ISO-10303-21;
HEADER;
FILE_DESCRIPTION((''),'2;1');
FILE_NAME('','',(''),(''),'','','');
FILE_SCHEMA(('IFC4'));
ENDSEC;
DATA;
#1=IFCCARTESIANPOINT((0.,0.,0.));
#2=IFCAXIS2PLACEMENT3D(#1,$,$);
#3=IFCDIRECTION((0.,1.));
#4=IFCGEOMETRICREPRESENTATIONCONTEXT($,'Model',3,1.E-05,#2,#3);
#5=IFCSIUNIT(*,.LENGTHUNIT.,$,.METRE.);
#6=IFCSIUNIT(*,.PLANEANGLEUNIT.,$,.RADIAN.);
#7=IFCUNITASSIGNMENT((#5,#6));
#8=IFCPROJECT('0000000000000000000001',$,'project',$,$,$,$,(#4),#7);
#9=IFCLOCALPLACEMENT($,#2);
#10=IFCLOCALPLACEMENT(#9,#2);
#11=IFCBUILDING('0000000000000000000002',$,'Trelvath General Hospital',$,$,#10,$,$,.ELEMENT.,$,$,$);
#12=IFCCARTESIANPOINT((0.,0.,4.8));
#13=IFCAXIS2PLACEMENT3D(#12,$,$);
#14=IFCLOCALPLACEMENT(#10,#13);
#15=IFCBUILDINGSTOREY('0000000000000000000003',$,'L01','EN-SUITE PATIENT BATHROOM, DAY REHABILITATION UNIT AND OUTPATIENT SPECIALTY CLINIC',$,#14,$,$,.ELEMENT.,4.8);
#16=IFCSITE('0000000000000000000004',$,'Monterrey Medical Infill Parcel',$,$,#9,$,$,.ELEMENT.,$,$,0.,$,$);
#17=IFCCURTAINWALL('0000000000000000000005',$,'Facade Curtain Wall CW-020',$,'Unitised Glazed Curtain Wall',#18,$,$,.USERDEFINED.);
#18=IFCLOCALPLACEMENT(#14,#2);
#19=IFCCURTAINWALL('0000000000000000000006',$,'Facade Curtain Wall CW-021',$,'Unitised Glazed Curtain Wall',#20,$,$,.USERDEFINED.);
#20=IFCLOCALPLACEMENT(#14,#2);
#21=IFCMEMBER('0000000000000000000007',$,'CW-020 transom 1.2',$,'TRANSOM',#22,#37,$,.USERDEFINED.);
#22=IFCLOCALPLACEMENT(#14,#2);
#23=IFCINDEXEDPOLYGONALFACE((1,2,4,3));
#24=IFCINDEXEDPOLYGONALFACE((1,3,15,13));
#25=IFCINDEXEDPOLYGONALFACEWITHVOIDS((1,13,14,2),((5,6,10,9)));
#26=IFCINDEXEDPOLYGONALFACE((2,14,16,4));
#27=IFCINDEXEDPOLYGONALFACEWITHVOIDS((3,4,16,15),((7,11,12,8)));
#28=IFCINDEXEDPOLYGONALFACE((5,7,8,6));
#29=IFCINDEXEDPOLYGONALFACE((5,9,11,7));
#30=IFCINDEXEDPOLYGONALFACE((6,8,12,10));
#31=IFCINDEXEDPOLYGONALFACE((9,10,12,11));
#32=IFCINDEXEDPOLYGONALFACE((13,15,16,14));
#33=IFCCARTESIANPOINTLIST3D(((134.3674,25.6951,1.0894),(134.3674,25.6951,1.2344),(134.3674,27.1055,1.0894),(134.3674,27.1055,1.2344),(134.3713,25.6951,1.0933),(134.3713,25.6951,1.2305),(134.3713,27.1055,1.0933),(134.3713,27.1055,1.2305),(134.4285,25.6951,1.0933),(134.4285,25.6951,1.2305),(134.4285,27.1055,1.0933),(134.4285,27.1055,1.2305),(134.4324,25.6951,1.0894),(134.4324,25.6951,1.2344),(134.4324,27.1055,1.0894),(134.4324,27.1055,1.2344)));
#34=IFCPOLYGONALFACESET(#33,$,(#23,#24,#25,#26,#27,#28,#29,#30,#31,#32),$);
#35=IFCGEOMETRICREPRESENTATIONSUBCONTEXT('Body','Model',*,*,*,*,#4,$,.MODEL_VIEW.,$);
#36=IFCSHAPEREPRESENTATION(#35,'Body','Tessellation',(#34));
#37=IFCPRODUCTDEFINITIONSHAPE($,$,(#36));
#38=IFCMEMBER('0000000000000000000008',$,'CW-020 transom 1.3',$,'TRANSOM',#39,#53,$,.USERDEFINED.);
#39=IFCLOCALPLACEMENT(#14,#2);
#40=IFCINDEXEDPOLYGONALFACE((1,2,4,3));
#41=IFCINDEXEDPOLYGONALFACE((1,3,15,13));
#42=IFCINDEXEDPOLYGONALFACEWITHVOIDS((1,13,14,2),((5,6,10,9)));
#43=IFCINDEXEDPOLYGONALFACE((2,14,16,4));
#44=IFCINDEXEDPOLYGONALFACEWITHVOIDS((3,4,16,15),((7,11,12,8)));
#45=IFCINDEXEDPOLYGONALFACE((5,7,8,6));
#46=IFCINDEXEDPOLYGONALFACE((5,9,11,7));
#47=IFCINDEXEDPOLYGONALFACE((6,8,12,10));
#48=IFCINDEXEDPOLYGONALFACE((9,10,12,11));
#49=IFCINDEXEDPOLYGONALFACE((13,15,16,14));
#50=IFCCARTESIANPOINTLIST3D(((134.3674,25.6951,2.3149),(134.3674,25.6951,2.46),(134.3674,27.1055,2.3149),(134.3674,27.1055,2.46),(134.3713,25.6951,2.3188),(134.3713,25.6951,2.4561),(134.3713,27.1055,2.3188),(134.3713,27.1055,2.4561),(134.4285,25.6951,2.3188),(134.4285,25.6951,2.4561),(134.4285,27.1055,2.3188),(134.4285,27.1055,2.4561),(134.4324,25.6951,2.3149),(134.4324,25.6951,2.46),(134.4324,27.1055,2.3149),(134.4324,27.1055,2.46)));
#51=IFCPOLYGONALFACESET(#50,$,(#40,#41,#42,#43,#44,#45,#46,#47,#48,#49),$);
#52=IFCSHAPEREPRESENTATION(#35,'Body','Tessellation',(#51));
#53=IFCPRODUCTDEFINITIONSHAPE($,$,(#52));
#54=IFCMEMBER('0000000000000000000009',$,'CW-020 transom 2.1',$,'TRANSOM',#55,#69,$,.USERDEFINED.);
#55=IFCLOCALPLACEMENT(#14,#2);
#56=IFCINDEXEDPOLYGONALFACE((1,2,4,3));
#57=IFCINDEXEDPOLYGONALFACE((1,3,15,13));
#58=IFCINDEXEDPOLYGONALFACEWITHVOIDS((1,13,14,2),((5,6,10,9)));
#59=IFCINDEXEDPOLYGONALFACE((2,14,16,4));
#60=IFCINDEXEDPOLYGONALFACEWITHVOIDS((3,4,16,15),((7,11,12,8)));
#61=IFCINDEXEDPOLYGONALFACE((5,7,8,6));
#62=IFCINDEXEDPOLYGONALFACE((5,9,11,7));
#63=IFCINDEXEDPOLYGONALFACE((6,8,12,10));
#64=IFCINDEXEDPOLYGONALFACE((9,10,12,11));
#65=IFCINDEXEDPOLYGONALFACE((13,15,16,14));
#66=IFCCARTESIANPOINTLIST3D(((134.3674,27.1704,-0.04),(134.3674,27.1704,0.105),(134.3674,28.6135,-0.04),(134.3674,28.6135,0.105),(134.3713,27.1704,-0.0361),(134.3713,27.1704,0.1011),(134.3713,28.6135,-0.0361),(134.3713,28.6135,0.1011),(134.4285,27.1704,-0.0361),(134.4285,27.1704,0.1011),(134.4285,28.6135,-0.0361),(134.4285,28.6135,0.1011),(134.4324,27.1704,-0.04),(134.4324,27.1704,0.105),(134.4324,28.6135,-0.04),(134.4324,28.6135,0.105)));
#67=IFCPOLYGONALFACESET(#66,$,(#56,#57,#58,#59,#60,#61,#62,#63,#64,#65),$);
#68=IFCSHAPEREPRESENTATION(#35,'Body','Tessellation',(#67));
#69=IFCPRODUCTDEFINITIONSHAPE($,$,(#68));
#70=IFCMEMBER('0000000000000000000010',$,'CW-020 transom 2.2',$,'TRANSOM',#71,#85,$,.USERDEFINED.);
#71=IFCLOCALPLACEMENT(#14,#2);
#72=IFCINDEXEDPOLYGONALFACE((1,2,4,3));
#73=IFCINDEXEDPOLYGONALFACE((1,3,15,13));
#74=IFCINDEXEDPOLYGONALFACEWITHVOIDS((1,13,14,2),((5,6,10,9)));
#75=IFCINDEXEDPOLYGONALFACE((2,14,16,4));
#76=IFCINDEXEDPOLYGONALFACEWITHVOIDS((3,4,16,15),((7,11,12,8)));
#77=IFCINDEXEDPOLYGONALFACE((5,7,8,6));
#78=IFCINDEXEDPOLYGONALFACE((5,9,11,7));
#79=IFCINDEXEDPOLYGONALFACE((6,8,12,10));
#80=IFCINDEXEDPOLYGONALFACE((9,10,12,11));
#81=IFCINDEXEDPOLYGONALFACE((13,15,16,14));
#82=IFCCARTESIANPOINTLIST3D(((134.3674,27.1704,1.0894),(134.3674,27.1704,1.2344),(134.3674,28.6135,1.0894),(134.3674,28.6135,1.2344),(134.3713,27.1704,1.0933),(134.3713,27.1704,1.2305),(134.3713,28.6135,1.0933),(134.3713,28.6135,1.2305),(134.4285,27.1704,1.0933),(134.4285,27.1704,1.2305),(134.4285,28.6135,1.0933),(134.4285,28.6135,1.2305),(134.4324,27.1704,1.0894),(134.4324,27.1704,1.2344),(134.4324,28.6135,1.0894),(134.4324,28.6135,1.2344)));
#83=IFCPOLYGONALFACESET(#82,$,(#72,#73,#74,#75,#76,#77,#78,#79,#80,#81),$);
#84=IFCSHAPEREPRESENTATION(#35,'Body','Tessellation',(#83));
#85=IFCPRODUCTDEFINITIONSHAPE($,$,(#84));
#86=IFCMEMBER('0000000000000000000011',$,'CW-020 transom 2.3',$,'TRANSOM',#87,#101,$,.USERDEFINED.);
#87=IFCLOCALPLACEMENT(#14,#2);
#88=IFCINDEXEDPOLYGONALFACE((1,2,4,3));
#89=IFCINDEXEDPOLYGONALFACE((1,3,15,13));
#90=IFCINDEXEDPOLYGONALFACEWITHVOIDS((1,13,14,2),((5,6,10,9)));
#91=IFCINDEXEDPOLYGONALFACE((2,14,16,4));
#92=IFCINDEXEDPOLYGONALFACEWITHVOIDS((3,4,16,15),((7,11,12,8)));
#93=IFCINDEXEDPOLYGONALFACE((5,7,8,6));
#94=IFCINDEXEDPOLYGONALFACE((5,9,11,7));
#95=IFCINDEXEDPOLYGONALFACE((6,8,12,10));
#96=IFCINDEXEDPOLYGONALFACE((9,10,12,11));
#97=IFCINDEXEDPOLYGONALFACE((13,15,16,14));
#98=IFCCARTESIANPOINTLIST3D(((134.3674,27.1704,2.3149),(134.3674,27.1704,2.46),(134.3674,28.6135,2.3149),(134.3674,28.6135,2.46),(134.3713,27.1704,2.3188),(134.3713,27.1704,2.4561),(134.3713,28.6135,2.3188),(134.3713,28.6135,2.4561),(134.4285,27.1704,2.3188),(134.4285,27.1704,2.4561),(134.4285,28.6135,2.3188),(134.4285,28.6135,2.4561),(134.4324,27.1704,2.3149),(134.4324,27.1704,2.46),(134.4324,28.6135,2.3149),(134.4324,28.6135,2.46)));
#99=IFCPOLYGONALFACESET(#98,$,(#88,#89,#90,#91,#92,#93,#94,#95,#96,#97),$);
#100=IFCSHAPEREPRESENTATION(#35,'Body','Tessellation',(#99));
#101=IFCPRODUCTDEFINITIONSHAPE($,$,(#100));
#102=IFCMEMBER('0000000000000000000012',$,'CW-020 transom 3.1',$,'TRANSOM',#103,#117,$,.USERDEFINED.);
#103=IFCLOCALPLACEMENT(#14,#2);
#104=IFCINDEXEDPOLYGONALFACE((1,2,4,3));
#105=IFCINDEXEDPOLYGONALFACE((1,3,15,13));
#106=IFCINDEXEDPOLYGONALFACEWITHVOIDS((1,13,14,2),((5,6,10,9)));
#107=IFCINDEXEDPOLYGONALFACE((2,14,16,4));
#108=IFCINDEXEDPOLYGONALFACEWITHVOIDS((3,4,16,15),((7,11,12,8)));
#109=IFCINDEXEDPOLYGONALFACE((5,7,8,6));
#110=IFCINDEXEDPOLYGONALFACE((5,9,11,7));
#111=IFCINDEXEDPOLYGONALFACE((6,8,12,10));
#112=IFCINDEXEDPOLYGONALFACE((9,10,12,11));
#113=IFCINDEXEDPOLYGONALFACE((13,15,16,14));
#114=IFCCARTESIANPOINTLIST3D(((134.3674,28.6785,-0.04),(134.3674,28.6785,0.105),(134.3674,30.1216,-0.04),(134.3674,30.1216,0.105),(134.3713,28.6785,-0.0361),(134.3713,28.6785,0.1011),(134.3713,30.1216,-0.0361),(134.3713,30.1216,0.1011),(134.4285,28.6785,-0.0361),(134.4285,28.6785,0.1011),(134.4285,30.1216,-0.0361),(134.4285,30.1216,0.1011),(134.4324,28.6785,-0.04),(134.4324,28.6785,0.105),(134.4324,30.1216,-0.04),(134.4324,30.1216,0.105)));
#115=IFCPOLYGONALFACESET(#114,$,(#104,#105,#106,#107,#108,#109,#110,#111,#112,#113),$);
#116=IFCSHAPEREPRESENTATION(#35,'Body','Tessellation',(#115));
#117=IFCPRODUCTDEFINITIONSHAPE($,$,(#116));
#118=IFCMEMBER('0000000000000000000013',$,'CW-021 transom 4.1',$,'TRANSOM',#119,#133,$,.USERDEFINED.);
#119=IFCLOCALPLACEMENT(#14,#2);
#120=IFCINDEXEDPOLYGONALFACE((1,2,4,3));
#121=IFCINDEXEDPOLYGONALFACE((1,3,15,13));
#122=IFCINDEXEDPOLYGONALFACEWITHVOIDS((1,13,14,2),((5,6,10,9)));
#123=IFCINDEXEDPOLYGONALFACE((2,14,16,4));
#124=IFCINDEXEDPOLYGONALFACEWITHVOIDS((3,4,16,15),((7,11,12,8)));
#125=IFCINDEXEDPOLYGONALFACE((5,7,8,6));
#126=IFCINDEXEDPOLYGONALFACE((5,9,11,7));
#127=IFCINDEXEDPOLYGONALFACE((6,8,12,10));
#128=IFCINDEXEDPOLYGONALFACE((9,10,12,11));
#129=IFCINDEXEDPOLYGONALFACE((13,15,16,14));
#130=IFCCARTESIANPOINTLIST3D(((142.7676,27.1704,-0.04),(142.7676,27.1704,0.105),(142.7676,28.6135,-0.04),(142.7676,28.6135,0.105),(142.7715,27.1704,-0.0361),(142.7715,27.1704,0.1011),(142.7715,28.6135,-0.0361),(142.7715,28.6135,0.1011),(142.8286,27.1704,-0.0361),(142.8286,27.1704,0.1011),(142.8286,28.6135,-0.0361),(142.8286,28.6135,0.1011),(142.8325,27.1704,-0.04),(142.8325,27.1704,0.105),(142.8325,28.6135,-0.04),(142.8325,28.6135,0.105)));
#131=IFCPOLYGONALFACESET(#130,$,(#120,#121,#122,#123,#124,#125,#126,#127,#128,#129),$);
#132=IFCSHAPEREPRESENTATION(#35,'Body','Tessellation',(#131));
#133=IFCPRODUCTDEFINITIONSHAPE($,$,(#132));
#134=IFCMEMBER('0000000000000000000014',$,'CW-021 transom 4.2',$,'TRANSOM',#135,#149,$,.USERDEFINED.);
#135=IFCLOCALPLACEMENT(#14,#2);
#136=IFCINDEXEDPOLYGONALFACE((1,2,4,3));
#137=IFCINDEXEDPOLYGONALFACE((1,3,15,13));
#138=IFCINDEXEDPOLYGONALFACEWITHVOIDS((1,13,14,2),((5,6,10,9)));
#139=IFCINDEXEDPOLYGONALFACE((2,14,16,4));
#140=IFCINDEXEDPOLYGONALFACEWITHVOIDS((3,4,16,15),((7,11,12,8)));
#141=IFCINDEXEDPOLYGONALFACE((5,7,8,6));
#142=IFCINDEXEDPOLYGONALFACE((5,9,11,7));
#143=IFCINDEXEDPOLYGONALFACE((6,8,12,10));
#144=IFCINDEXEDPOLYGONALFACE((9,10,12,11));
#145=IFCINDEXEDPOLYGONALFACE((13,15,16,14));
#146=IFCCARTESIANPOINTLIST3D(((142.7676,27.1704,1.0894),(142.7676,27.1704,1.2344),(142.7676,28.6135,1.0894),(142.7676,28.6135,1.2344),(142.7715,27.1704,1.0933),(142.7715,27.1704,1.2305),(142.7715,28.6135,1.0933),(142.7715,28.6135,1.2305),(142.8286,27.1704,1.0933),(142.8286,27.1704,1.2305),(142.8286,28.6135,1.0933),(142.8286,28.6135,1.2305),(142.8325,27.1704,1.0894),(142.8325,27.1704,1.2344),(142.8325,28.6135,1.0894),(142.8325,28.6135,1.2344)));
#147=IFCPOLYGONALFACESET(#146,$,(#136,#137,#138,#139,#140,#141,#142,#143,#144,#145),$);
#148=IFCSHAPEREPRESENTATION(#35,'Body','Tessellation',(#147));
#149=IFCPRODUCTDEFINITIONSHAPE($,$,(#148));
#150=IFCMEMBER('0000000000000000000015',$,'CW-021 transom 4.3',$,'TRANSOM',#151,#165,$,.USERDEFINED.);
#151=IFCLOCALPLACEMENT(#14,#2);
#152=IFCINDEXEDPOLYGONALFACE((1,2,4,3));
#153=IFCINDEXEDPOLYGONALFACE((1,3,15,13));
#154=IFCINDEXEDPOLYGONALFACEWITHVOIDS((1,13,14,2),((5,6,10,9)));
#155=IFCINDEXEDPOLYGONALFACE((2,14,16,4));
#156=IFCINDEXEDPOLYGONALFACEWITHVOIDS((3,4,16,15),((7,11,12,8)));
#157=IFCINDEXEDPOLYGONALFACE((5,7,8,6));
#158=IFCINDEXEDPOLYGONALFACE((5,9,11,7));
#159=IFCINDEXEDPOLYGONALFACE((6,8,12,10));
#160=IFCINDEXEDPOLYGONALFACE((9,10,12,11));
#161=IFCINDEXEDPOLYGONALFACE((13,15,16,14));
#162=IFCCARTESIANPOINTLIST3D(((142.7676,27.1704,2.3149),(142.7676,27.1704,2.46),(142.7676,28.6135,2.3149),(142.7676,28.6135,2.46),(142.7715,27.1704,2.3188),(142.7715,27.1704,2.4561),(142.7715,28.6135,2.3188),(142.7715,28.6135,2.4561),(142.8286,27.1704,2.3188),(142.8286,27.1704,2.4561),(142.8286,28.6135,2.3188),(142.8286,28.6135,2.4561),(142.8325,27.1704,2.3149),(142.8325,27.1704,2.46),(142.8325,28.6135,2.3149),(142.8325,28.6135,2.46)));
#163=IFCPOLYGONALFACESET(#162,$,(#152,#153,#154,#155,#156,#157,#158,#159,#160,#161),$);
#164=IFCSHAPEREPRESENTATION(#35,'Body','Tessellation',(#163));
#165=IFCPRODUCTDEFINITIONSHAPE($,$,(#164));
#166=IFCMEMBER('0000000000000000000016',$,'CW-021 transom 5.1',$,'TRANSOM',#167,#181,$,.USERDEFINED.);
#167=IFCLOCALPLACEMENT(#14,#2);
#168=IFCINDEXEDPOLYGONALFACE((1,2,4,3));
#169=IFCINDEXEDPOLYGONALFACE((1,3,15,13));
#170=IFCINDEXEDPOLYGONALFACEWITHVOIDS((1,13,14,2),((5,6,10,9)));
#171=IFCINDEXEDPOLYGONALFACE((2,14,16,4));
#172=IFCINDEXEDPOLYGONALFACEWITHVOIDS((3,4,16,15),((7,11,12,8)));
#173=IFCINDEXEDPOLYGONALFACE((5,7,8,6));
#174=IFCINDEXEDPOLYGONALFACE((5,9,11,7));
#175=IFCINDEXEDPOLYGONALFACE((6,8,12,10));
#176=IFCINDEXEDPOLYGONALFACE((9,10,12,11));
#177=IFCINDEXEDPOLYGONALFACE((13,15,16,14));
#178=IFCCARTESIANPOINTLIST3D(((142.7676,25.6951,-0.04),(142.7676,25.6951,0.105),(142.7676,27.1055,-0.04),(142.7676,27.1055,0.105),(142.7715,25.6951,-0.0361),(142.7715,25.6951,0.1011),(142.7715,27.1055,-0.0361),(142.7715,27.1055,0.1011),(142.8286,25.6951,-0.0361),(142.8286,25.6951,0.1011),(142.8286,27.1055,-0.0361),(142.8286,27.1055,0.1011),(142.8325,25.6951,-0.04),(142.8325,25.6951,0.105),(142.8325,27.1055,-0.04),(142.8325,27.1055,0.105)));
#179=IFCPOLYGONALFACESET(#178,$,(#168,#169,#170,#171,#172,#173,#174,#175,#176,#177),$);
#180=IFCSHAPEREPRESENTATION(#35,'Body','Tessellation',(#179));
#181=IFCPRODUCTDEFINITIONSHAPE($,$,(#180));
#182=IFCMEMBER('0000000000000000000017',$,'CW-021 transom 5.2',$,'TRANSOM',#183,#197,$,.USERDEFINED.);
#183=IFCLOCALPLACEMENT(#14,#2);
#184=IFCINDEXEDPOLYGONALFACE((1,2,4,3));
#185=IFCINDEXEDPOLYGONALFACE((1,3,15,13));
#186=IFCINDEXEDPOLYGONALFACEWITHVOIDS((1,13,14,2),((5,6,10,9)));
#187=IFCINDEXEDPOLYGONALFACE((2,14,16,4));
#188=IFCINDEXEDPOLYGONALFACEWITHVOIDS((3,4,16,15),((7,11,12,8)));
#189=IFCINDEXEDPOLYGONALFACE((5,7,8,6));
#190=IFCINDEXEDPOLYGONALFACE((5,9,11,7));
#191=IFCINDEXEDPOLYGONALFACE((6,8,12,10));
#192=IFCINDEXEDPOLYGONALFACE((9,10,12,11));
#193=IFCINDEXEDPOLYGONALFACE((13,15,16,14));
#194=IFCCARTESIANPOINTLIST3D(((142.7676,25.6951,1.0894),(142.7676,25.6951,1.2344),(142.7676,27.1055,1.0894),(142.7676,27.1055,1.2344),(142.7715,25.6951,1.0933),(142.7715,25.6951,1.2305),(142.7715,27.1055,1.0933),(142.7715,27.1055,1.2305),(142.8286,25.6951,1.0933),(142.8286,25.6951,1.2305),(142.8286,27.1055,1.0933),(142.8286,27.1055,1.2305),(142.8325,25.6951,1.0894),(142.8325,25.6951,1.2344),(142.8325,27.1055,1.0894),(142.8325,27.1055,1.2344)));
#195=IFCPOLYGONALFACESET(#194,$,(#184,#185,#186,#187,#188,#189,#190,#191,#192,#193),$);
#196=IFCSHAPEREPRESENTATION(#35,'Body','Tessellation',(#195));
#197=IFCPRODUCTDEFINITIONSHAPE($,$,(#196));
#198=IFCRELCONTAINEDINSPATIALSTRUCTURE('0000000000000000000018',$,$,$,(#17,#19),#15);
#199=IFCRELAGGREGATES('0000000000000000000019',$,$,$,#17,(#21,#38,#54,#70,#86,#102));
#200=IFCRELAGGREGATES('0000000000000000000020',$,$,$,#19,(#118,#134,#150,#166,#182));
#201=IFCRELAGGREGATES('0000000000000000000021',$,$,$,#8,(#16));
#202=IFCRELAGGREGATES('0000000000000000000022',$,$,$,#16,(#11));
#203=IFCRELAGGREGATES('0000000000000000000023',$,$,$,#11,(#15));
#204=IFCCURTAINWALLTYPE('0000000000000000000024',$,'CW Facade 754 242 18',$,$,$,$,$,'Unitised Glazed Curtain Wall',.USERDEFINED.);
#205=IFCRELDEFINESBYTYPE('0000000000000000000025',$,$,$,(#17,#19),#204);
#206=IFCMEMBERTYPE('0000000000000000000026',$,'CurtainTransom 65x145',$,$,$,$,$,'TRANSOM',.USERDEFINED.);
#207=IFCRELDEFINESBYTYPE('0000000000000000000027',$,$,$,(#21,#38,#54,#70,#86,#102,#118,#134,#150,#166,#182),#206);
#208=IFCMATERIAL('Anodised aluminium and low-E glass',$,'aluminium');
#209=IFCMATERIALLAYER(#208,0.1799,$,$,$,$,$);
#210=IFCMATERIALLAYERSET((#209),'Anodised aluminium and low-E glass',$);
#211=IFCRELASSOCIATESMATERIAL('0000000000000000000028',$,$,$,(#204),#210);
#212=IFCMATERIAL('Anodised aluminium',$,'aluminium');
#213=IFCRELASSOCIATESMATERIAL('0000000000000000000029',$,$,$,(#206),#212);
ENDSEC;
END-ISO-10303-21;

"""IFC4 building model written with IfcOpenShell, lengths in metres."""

from ifc_helpers import new_model, si_unit, direction, frame, origin, origin_2d, place, context, subcontext, project, spatial, hollow_rectangle, extrude, material, layer, layer_set, material_profile, profile_set, type_object, element, aggregate, save


model = new_model("IFC4")

# Units and contexts
model_context = context("Model", 3, precision=1e-05, world=origin(), true_north=direction((0.0, 1.0)))
body_context = subcontext(model_context, "Body", "Model", "MODEL_VIEW")
ifc_project = project(units=[si_unit("LENGTHUNIT", "METRE"), si_unit("PLANEANGLEUNIT", "RADIAN")], contexts=[model_context])

# Site, building, storey
site_placement = place(None, origin())
site = spatial("IfcSite", under=ifc_project, at=site_placement, Name="Monterrey Medical Infill Parcel", CompositionType="ELEMENT", RefElevation=0.0)
building_placement = place(site_placement, origin())
building = spatial("IfcBuilding", under=site, at=building_placement, Name="Trelvath General Hospital", CompositionType="ELEMENT")
storey_placement = place(building_placement, frame((0.0, 0.0, 4.8)))
storey = spatial("IfcBuildingStorey", under=building, at=storey_placement, Name="L01", Description="EN-SUITE PATIENT BATHROOM, DAY REHABILITATION UNIT AND OUTPATIENT SPECIALTY CLINIC", CompositionType="ELEMENT", Elevation=4.8)

# Curtain walls
ifc_material_1 = material(Name="Anodised aluminium and low-E glass", Category="aluminium")
ifc_layer_1 = layer(ifc_material_1, 0.1799)
ifc_layer_set_1 = layer_set([ifc_layer_1], Name="Anodised aluminium and low-E glass")
curtain_wall_type = type_object("IfcCurtainWallType", Name="CW Facade 754 242 18", ElementType="Unitised Glazed Curtain Wall", PredefinedType="USERDEFINED", material=ifc_layer_set_1)
curtain_wall_1_placement = place(storey_placement, origin())
curtain_wall_1 = element("IfcCurtainWall", 1, at=curtain_wall_1_placement, inside=storey, type_object=curtain_wall_type, Name="Facade Curtain Wall CW-020", ObjectType="Unitised Glazed Curtain Wall", PredefinedType="USERDEFINED")
curtain_wall_2_placement = place(storey_placement, origin())
curtain_wall_2 = element("IfcCurtainWall", 2, at=curtain_wall_2_placement, inside=storey, type_object=curtain_wall_type, Name="Facade Curtain Wall CW-021", ObjectType="Unitised Glazed Curtain Wall", PredefinedType="USERDEFINED")

# Members
ifc_material_2 = material(Name="Anodised aluminium", Category="aluminium")
ifc_material_profile_1 = material_profile(ifc_material_2, hollow_rectangle(XDim=0.0649, YDim=0.145, WallThickness=0.0039, at=origin_2d()), Name="RHS65x145x4")
ifc_profile_set_1 = profile_set([ifc_material_profile_1], Name="Anodised aluminium")
member_type_1 = type_object("IfcMemberType", Name="CurtainTransom 65x145", ElementType="TRANSOM", PredefinedType="USERDEFINED", material=ifc_profile_set_1)
member_1_placement = place(storey_placement, frame((134.3999, 25.6951, 1.1619), z_axis=(0.0, 1.0, 0.0), x_axis=(-1.0, 0.0, 0.0)))
member_1 = element("IfcMember", 3, at=member_1_placement, type_object=member_type_1, Name="CW-020 transom 1.2", ObjectType="TRANSOM", PredefinedType="USERDEFINED", context=body_context, shape_type="SweptSolid", body=[
    extrude(hollow_rectangle(XDim=0.0649, YDim=0.145, WallThickness=0.0039, at=origin_2d()), origin(), (0.0, 0.0, 1.0), 1.4104),
])
member_2_placement = place(storey_placement, frame((134.3999, 25.6951, 2.3875), z_axis=(0.0, 1.0, 0.0), x_axis=(-1.0, 0.0, 0.0)))
member_2 = element("IfcMember", 4, at=member_2_placement, type_object=member_type_1, Name="CW-020 transom 1.3", ObjectType="TRANSOM", PredefinedType="USERDEFINED", context=body_context, shape_type="SweptSolid", body=[
    extrude(hollow_rectangle(XDim=0.0649, YDim=0.145, WallThickness=0.0039, at=origin_2d()), origin(), (0.0, 0.0, 1.0), 1.4104),
])
member_3_placement = place(storey_placement, frame((134.3999, 27.1704, 0.0325), z_axis=(0.0, 1.0, 0.0), x_axis=(-1.0, 0.0, 0.0)))
member_3 = element("IfcMember", 5, at=member_3_placement, type_object=member_type_1, Name="CW-020 transom 2.1", ObjectType="TRANSOM", PredefinedType="USERDEFINED", context=body_context, shape_type="SweptSolid", body=[
    extrude(hollow_rectangle(XDim=0.0649, YDim=0.145, WallThickness=0.0039, at=origin_2d()), origin(), (0.0, 0.0, 1.0), 1.4431),
])
member_4_placement = place(storey_placement, frame((134.3999, 27.1704, 1.1619), z_axis=(0.0, 1.0, 0.0), x_axis=(-1.0, 0.0, 0.0)))
member_4 = element("IfcMember", 6, at=member_4_placement, type_object=member_type_1, Name="CW-020 transom 2.2", ObjectType="TRANSOM", PredefinedType="USERDEFINED", context=body_context, shape_type="SweptSolid", body=[
    extrude(hollow_rectangle(XDim=0.0649, YDim=0.145, WallThickness=0.0039, at=origin_2d()), origin(), (0.0, 0.0, 1.0), 1.4431),
])
member_5_placement = place(storey_placement, frame((134.3999, 27.1704, 2.3875), z_axis=(0.0, 1.0, 0.0), x_axis=(-1.0, 0.0, 0.0)))
member_5 = element("IfcMember", 7, at=member_5_placement, type_object=member_type_1, Name="CW-020 transom 2.3", ObjectType="TRANSOM", PredefinedType="USERDEFINED", context=body_context, shape_type="SweptSolid", body=[
    extrude(hollow_rectangle(XDim=0.0649, YDim=0.145, WallThickness=0.0039, at=origin_2d()), origin(), (0.0, 0.0, 1.0), 1.4431),
])
member_6_placement = place(storey_placement, frame((134.3999, 28.6785, 0.0325), z_axis=(0.0, 1.0, 0.0), x_axis=(-1.0, 0.0, 0.0)))
member_6 = element("IfcMember", 8, at=member_6_placement, type_object=member_type_1, Name="CW-020 transom 3.1", ObjectType="TRANSOM", PredefinedType="USERDEFINED", context=body_context, shape_type="SweptSolid", body=[
    extrude(hollow_rectangle(XDim=0.0649, YDim=0.145, WallThickness=0.0039, at=origin_2d()), origin(), (0.0, 0.0, 1.0), 1.4431),
])
member_7_placement = place(storey_placement, frame((142.8, 28.6135, 0.0325), z_axis=(0.0, -1.0, 0.0), x_axis=(1.0, 0.0, 0.0)))
member_7 = element("IfcMember", 9, at=member_7_placement, type_object=member_type_1, Name="CW-021 transom 4.1", ObjectType="TRANSOM", PredefinedType="USERDEFINED", context=body_context, shape_type="SweptSolid", body=[
    extrude(hollow_rectangle(XDim=0.0649, YDim=0.145, WallThickness=0.0039, at=origin_2d()), origin(), (0.0, 0.0, 1.0), 1.4431),
])
member_8_placement = place(storey_placement, frame((142.8, 28.6135, 1.1619), z_axis=(0.0, -1.0, 0.0), x_axis=(1.0, 0.0, 0.0)))
member_8 = element("IfcMember", 10, at=member_8_placement, type_object=member_type_1, Name="CW-021 transom 4.2", ObjectType="TRANSOM", PredefinedType="USERDEFINED", context=body_context, shape_type="SweptSolid", body=[
    extrude(hollow_rectangle(XDim=0.0649, YDim=0.145, WallThickness=0.0039, at=origin_2d()), origin(), (0.0, 0.0, 1.0), 1.4431),
])
member_9_placement = place(storey_placement, frame((142.8, 28.6135, 2.3875), z_axis=(0.0, -1.0, 0.0), x_axis=(1.0, 0.0, 0.0)))
member_9 = element("IfcMember", 11, at=member_9_placement, type_object=member_type_1, Name="CW-021 transom 4.3", ObjectType="TRANSOM", PredefinedType="USERDEFINED", context=body_context, shape_type="SweptSolid", body=[
    extrude(hollow_rectangle(XDim=0.0649, YDim=0.145, WallThickness=0.0039, at=origin_2d()), origin(), (0.0, 0.0, 1.0), 1.4431),
])
member_10_placement = place(storey_placement, frame((142.8, 27.1055, 0.0325), z_axis=(0.0, -1.0, 0.0), x_axis=(1.0, 0.0, 0.0)))
member_10 = element("IfcMember", 12, at=member_10_placement, type_object=member_type_1, Name="CW-021 transom 5.1", ObjectType="TRANSOM", PredefinedType="USERDEFINED", context=body_context, shape_type="SweptSolid", body=[
    extrude(hollow_rectangle(XDim=0.0649, YDim=0.145, WallThickness=0.0039, at=origin_2d()), origin(), (0.0, 0.0, 1.0), 1.4104),
])
member_11_placement = place(storey_placement, frame((142.8, 27.1055, 1.1619), z_axis=(0.0, -1.0, 0.0), x_axis=(1.0, 0.0, 0.0)))
member_11 = element("IfcMember", 13, at=member_11_placement, type_object=member_type_1, Name="CW-021 transom 5.2", ObjectType="TRANSOM", PredefinedType="USERDEFINED", context=body_context, shape_type="SweptSolid", body=[
    extrude(hollow_rectangle(XDim=0.0649, YDim=0.145, WallThickness=0.0039, at=origin_2d()), origin(), (0.0, 0.0, 1.0), 1.4104),
])

aggregate(curtain_wall_1, [member_1, member_2, member_3, member_4, member_5, member_6])
aggregate(curtain_wall_2, [member_7, member_8, member_9, member_10, member_11])

save(model, "model.ifc")
